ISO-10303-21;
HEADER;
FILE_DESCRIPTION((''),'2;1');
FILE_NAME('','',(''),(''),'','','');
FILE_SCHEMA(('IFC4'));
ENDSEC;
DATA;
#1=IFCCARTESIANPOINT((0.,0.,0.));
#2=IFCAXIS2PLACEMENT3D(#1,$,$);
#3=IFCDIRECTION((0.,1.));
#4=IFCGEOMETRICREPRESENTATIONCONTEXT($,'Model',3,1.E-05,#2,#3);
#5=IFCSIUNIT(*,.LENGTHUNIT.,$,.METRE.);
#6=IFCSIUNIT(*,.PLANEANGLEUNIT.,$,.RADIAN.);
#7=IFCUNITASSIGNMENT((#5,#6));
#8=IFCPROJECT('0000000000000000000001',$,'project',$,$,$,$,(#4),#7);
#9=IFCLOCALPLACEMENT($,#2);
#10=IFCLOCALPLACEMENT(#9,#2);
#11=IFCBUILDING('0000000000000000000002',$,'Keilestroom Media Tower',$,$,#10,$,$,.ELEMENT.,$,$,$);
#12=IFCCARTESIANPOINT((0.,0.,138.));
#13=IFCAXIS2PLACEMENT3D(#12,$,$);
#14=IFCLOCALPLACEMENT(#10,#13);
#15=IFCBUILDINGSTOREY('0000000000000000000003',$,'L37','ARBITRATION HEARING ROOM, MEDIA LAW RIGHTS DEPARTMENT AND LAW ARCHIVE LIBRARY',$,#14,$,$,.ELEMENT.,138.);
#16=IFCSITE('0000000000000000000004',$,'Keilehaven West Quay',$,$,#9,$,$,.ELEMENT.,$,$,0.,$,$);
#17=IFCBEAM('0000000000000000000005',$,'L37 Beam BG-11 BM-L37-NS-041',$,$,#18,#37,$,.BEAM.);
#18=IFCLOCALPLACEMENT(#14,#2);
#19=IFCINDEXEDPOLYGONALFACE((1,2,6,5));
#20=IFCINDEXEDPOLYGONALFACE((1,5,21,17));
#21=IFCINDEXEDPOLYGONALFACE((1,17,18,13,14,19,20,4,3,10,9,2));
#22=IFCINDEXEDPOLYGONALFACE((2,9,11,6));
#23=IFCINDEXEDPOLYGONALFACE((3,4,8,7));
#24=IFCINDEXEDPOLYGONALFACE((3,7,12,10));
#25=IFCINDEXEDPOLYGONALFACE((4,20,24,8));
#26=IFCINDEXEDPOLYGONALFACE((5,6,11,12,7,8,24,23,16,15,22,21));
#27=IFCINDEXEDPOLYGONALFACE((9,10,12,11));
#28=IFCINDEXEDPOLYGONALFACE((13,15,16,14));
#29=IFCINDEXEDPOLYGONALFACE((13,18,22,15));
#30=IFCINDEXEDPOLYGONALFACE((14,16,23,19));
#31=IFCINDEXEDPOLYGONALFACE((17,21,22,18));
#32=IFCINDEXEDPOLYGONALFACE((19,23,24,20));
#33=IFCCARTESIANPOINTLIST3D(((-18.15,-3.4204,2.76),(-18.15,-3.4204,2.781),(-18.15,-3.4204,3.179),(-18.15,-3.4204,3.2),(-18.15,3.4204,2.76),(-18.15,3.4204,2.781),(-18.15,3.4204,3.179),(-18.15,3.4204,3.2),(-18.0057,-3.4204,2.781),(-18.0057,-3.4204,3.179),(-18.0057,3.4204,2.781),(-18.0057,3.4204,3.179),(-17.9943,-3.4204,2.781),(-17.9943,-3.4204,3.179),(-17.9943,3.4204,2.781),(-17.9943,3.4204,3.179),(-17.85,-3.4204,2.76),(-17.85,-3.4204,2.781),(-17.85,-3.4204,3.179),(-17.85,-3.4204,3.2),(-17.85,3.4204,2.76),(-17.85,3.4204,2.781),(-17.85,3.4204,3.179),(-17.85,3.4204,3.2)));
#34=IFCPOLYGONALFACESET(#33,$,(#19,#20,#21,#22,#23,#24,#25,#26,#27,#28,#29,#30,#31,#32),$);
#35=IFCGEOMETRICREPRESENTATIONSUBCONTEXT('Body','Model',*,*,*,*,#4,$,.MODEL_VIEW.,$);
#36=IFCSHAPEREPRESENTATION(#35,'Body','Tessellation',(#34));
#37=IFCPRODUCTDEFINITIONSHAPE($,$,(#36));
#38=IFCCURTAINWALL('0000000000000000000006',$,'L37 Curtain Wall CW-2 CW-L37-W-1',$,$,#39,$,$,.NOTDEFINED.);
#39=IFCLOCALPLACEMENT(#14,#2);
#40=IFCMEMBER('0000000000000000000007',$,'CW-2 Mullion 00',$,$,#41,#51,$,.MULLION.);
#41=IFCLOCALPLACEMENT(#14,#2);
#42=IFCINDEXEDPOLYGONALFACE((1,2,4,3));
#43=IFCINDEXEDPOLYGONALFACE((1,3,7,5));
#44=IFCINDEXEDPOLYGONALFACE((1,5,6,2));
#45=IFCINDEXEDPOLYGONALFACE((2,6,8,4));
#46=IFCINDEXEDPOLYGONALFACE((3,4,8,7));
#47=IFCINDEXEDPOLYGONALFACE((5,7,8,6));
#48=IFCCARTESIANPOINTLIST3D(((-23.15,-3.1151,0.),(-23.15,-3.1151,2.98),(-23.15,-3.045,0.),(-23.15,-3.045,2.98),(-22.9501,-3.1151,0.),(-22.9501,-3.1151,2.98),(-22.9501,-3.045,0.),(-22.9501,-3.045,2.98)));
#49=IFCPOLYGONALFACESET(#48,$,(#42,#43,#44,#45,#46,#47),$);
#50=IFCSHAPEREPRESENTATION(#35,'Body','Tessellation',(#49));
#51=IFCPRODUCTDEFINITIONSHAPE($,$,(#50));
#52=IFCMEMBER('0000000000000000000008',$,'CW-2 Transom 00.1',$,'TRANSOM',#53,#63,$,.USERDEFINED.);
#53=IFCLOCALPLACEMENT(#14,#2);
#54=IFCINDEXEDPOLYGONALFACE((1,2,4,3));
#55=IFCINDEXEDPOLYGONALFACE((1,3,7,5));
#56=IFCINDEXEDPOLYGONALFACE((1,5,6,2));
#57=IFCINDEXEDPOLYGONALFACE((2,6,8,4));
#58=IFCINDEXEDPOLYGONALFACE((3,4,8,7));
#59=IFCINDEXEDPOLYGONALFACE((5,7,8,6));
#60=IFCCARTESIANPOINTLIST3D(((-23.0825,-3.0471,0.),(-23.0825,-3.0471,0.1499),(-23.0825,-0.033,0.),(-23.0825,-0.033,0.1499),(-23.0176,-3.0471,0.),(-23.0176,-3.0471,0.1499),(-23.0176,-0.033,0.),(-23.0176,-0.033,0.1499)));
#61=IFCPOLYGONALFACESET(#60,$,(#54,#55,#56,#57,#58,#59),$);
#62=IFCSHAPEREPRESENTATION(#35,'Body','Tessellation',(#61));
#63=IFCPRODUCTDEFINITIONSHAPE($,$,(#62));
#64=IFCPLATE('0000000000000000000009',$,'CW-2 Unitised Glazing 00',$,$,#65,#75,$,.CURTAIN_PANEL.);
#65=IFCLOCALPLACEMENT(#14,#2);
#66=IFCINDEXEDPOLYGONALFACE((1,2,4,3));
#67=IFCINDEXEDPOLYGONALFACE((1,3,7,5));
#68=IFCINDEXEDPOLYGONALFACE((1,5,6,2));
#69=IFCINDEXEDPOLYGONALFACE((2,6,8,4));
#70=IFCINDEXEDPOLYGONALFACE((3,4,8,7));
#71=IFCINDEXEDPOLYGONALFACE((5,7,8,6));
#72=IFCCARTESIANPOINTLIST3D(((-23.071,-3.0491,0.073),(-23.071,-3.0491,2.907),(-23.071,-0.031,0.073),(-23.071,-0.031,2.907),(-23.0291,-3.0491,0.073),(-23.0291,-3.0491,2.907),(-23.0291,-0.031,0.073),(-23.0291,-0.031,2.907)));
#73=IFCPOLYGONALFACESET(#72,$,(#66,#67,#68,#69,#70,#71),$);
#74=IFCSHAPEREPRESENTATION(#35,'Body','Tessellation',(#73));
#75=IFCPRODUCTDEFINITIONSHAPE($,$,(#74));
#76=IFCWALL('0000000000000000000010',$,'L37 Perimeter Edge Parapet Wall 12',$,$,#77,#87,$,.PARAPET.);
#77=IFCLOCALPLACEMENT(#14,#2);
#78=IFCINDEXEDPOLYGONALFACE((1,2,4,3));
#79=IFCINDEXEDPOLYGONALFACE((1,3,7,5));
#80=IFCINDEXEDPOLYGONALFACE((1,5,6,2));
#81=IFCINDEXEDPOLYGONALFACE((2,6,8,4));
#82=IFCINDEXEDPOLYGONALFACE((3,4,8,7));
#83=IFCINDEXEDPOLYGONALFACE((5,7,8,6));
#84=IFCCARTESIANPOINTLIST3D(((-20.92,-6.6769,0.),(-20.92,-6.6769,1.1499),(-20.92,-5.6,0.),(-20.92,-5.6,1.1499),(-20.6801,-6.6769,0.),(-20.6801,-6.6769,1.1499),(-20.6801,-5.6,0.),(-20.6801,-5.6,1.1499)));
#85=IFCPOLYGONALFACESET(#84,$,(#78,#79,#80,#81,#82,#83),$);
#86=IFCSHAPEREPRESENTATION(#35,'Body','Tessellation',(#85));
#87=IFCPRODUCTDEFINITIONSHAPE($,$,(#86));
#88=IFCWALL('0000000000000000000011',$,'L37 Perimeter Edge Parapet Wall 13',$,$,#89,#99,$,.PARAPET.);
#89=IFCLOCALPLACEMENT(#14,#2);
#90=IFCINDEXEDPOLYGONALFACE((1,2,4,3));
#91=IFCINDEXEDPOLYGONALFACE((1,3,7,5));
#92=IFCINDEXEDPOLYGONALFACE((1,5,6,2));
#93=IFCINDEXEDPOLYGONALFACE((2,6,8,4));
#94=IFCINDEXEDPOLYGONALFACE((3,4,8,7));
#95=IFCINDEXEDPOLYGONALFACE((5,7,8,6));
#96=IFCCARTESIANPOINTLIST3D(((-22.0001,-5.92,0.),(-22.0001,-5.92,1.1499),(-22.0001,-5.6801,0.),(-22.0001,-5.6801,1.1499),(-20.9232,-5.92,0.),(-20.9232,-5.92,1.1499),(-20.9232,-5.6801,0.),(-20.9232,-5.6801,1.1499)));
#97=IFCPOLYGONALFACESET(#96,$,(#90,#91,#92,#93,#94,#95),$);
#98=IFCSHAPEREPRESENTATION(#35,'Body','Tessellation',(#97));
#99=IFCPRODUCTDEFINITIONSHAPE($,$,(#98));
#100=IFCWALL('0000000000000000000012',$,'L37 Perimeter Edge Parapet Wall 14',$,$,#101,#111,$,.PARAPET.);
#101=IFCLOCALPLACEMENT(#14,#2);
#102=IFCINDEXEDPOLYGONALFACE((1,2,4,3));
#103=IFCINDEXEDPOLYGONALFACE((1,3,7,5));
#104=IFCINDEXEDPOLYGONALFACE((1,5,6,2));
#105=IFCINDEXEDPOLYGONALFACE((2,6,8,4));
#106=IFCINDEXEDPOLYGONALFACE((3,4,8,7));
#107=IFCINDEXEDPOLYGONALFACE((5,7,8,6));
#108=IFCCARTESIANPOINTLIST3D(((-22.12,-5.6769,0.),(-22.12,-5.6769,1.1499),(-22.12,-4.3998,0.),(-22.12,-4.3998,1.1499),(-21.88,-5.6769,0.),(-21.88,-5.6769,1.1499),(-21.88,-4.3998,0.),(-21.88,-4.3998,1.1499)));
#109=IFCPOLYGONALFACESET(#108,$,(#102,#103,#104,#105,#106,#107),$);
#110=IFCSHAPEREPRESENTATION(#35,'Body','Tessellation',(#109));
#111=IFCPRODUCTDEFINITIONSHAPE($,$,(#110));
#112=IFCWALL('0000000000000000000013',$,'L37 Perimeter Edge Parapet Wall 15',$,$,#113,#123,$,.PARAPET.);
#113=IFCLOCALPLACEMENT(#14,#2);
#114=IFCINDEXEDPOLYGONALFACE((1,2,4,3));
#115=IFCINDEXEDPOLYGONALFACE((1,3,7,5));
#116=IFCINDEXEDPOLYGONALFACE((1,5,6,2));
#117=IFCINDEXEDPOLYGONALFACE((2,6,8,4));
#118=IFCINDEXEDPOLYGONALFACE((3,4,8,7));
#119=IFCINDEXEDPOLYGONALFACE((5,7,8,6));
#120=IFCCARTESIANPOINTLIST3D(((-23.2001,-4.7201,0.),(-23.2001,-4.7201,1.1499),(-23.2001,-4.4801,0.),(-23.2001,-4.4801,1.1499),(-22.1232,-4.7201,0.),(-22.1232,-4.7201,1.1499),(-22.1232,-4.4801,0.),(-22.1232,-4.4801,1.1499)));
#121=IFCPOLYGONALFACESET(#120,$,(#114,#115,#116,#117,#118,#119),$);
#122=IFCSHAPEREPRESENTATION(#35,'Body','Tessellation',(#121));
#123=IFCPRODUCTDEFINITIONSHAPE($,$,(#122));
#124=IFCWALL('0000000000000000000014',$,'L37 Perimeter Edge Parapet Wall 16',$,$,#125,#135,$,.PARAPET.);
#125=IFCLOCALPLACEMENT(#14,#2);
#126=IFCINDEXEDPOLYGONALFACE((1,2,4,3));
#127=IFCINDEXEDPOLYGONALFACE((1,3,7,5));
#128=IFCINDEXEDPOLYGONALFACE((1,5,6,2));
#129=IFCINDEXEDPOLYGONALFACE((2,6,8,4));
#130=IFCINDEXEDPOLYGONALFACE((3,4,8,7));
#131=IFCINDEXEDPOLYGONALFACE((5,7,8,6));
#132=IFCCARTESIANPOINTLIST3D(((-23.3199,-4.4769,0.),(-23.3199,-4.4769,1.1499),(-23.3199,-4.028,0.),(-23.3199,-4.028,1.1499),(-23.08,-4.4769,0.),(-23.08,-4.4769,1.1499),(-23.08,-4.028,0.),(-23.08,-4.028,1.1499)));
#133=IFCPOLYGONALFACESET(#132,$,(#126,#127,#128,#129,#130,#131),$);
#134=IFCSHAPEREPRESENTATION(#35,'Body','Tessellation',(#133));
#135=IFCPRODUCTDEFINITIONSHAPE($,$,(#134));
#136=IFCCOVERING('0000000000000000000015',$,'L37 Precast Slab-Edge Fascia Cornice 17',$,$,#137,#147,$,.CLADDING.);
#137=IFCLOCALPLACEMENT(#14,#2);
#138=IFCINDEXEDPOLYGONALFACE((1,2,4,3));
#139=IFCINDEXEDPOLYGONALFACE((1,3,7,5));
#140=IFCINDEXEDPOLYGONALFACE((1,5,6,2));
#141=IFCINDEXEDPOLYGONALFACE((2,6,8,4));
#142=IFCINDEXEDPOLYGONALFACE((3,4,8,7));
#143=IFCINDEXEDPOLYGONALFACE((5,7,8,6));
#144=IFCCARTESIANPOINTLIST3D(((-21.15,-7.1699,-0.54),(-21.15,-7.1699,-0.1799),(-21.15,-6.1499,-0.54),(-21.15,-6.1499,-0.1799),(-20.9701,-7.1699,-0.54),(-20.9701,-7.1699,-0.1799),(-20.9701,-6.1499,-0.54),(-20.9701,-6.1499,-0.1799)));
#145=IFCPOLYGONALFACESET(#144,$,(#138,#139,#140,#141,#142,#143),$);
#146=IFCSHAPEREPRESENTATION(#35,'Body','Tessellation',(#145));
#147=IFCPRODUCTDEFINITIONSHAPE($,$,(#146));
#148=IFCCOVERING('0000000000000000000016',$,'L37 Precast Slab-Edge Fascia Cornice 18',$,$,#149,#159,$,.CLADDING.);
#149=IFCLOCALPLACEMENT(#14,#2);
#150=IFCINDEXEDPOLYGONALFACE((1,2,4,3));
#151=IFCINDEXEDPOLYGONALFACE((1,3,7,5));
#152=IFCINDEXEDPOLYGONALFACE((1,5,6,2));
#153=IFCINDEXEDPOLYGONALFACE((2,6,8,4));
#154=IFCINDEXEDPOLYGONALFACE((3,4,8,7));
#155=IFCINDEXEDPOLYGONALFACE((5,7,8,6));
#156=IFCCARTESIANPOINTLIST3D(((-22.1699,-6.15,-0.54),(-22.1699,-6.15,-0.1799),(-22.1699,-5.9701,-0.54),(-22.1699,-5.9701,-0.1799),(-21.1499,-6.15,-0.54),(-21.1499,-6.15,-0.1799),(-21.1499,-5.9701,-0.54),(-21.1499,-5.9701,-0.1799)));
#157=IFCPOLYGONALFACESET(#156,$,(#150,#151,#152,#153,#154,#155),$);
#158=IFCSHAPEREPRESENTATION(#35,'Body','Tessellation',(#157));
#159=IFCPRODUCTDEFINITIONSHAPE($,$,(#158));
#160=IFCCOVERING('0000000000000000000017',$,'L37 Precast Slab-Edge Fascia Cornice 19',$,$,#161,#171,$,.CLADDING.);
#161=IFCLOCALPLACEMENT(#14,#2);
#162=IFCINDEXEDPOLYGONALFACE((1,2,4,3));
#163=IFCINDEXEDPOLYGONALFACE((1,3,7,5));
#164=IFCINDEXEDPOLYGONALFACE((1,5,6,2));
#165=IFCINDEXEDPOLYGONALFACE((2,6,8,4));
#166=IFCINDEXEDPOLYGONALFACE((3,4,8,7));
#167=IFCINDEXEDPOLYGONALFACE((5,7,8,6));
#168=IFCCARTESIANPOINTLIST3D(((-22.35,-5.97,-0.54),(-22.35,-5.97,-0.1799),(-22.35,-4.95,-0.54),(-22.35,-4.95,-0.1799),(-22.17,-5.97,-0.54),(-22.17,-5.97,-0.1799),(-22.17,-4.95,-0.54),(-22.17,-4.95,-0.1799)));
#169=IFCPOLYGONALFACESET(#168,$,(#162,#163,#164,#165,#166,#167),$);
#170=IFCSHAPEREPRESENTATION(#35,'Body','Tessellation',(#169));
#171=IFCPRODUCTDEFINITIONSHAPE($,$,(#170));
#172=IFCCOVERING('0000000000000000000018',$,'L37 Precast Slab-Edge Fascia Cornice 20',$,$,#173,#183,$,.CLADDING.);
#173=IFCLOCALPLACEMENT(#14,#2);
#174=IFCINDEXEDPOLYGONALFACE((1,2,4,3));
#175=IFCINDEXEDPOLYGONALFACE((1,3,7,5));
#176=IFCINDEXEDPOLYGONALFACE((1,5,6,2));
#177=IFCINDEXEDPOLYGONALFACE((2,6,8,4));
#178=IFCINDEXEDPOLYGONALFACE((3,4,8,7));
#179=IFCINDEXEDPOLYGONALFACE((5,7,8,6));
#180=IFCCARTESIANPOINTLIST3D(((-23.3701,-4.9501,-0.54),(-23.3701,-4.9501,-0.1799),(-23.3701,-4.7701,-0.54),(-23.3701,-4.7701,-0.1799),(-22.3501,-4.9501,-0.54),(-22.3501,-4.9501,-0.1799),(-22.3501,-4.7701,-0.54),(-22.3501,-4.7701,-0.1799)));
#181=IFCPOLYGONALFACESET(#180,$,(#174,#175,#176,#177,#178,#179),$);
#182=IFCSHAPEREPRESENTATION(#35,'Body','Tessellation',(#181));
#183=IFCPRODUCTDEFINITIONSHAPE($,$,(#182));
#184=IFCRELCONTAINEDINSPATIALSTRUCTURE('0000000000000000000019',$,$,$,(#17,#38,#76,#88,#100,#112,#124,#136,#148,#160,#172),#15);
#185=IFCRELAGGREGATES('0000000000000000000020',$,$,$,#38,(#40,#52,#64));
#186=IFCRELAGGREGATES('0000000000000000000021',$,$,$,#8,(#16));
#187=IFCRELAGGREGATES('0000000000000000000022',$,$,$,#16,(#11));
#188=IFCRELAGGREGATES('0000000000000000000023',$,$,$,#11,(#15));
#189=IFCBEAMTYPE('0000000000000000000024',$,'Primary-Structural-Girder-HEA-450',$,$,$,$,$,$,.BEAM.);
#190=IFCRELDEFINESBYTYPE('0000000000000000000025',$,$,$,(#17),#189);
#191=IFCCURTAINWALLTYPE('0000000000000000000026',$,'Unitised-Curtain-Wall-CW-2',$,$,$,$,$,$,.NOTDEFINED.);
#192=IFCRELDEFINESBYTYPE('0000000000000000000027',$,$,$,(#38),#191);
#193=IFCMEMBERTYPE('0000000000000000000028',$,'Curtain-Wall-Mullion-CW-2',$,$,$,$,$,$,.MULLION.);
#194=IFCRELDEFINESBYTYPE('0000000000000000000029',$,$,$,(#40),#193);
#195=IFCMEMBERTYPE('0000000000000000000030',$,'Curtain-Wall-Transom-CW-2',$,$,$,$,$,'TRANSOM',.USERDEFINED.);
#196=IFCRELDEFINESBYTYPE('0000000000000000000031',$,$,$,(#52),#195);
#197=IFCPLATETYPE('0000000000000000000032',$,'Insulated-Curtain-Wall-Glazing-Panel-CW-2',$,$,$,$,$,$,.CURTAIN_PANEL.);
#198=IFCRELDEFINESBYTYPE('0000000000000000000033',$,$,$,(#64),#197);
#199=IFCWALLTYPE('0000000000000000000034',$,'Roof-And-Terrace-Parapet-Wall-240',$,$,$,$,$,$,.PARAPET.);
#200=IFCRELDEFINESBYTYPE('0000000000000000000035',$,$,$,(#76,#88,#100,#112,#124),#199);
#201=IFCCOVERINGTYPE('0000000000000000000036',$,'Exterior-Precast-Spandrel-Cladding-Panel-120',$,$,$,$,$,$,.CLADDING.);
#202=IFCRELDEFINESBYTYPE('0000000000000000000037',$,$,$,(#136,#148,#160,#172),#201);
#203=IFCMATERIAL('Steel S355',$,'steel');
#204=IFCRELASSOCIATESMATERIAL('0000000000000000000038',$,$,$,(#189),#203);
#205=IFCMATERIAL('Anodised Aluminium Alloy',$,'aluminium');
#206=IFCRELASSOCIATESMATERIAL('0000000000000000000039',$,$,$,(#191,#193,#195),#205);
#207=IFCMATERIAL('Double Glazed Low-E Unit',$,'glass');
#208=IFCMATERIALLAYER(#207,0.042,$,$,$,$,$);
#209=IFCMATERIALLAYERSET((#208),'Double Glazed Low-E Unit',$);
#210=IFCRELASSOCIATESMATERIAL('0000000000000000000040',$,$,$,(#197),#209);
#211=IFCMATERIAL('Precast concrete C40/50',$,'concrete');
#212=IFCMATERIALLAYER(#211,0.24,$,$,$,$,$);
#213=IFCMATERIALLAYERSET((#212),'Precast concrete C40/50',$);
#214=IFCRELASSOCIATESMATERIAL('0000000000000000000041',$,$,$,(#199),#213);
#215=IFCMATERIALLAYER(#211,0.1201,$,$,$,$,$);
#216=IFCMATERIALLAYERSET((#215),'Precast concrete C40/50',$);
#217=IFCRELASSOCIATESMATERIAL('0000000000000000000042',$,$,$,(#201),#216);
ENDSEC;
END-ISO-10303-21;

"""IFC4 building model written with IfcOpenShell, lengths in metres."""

from ifc_helpers import new_model, si_unit, direction, frame, frame_2d, origin, origin_2d, place, context, subcontext, project, spatial, rectangle, i_section, extrude, source, transform, mapped, material, layer, layer_set, material_profile, profile_set, type_object, element, aggregate, save


model = new_model("IFC4")

# Units and contexts
model_context = context("Model", 3, precision=1e-05, world=origin(), true_north=direction((0.0, 1.0)))
body_context = subcontext(model_context, "Body", "Model", "MODEL_VIEW")
ifc_project = project(units=[si_unit("LENGTHUNIT", "METRE"), si_unit("PLANEANGLEUNIT", "RADIAN")], contexts=[model_context])

# Site, building, storey
site_placement = place(None, origin())
site = spatial("IfcSite", under=ifc_project, at=site_placement, Name="Keilehaven West Quay", CompositionType="ELEMENT", RefElevation=0.0)
building_placement = place(site_placement, origin())
building = spatial("IfcBuilding", under=site, at=building_placement, Name="Keilestroom Media Tower", CompositionType="ELEMENT")
storey_placement = place(building_placement, frame((0.0, 0.0, 138.0)))
storey = spatial("IfcBuildingStorey", under=building, at=storey_placement, Name="L37", Description="ARBITRATION HEARING ROOM, MEDIA LAW RIGHTS DEPARTMENT AND LAW ARCHIVE LIBRARY", CompositionType="ELEMENT", Elevation=138.0)

# Shared definitions
ifc_material_1 = material(Name="Precast concrete C40/50", Category="concrete")
ifc_material_2 = material(Name="Steel S355", Category="steel")

# Beam
ifc_material_profile_1 = material_profile(ifc_material_2, i_section(OverallWidth=0.3, OverallDepth=0.4399, WebThickness=0.0115, FlangeThickness=0.021, at=origin_2d()), Name="HEA 450")
ifc_profile_set_1 = profile_set([ifc_material_profile_1], Name="Steel S355")
beam_type_1 = type_object("IfcBeamType", Name="Primary-Structural-Girder-HEA-450", PredefinedType="BEAM", material=ifc_profile_set_1)
shared_shape_1 = source(origin(), body_context, "Body", "SweptSolid", [
    extrude(i_section(OverallWidth=0.3, OverallDepth=0.4399, WebThickness=0.0115, FlangeThickness=0.021, at=origin_2d()), origin(), (0.0, 0.0, 1.0), 6.8408),
])
beam_1_placement = place(storey_placement, frame((-18.0, -3.4204, 2.98), z_axis=(0.0, 1.0, 0.0), x_axis=(-1.0, 0.0, 0.0)))
element("IfcBeam", 1, at=beam_1_placement, inside=storey, type_object=beam_type_1, Name="L37 Beam BG-11 BM-L37-NS-041", PredefinedType="BEAM", context=body_context, shape_type="MappedRepresentation", body=[
    mapped(shared_shape_1, transform((0.0, 0.0, 0.0), x_axis=(1.0, 0.0, 0.0), y_axis=(0.0, 1.0, 0.0), z_axis=(0.0, 0.0, 1.0), scale=1.0)),
])

# Curtain wall, members, plate
ifc_material_3 = material(Name="Anodised Aluminium Alloy", Category="aluminium")
curtain_wall_type = type_object("IfcCurtainWallType", Name="Unitised-Curtain-Wall-CW-2", PredefinedType="NOTDEFINED", material=ifc_material_3)
curtain_wall_placement = place(storey_placement, origin())
curtain_wall = element("IfcCurtainWall", 2, at=curtain_wall_placement, inside=storey, type_object=curtain_wall_type, Name="L37 Curtain Wall CW-2 CW-L37-W-1", PredefinedType="NOTDEFINED")
ifc_material_profile_2 = material_profile(ifc_material_3, rectangle(XDim=0.0701, YDim=0.2, at=origin_2d()), Name="ALU MULLION 70x200")
ifc_profile_set_2 = profile_set([ifc_material_profile_2], Name="Anodised Aluminium Alloy")
member_type_1 = type_object("IfcMemberType", Name="Curtain-Wall-Mullion-CW-2", PredefinedType="MULLION", material=ifc_profile_set_2)
shared_shape_2 = source(origin(), body_context, "Body", "SweptSolid", [
    extrude(rectangle(XDim=0.0701, YDim=0.2, at=origin_2d()), origin(), (0.0, 0.0, 1.0), 2.98),
])
member_1_placement = place(storey_placement, frame((-23.05, -3.0801, 0.0), z_axis=(0.0, 0.0, 1.0), x_axis=(0.0, 1.0, 0.0)))
member_1 = element("IfcMember", 3, at=member_1_placement, type_object=member_type_1, Name="CW-2 Mullion 00", PredefinedType="MULLION", context=body_context, shape_type="MappedRepresentation", body=[
    mapped(shared_shape_2, transform((0.0, 0.0, 0.0), x_axis=(1.0, 0.0, 0.0), y_axis=(0.0, 1.0, 0.0), z_axis=(0.0, 0.0, 1.0), scale=1.0)),
])
ifc_material_profile_3 = material_profile(ifc_material_3, rectangle(XDim=0.0649, YDim=0.1499, at=origin_2d()), Name="ALU TRANSOM 65x150")
ifc_profile_set_3 = profile_set([ifc_material_profile_3], Name="Anodised Aluminium Alloy")
member_type_2 = type_object("IfcMemberType", Name="Curtain-Wall-Transom-CW-2", ElementType="TRANSOM", PredefinedType="USERDEFINED", material=ifc_profile_set_3)
shared_shape_3 = source(origin(), body_context, "Body", "SweptSolid", [
    extrude(rectangle(XDim=0.0649, YDim=0.1499, at=origin_2d()), origin(), (0.0, 0.0, 1.0), 3.0142),
])
member_2_placement = place(storey_placement, frame((-23.05, -3.0471, 0.075), z_axis=(0.0, 1.0, 0.0), x_axis=(-1.0, 0.0, 0.0)))
member_2 = element("IfcMember", 4, at=member_2_placement, type_object=member_type_2, Name="CW-2 Transom 00.1", ObjectType="TRANSOM", PredefinedType="USERDEFINED", context=body_context, shape_type="MappedRepresentation", body=[
    mapped(shared_shape_3, transform((0.0, 0.0, 0.0), x_axis=(1.0, 0.0, 0.0), y_axis=(0.0, 1.0, 0.0), z_axis=(0.0, 0.0, 1.0), scale=1.0)),
])
ifc_material_4 = material(Name="Double Glazed Low-E Unit", Category="glass")
ifc_layer_1 = layer(ifc_material_4, 0.042)
ifc_layer_set_1 = layer_set([ifc_layer_1], Name="Double Glazed Low-E Unit")
plate_type = type_object("IfcPlateType", Name="Insulated-Curtain-Wall-Glazing-Panel-CW-2", PredefinedType="CURTAIN_PANEL", material=ifc_layer_set_1)
shared_shape_4 = source(origin(), body_context, "Body", "SweptSolid", [
    extrude(rectangle(XDim=3.0181, YDim=0.042, at=origin_2d()), origin(), (0.0, 0.0, 1.0), 2.834),
])
plate_placement = place(storey_placement, frame((-23.05, -1.54, 0.073), z_axis=(0.0, 0.0, 1.0), x_axis=(0.0, 1.0, 0.0)))
plate = element("IfcPlate", 5, at=plate_placement, type_object=plate_type, Name="CW-2 Unitised Glazing 00", PredefinedType="CURTAIN_PANEL", context=body_context, shape_type="MappedRepresentation", body=[
    mapped(shared_shape_4, transform((0.0, 0.0, 0.0), x_axis=(1.0, 0.0, 0.0), y_axis=(0.0, 1.0, 0.0), z_axis=(0.0, 0.0, 1.0), scale=1.0)),
])
aggregate(curtain_wall, [member_1, member_2, plate])

# Walls
ifc_layer_2 = layer(ifc_material_1, 0.24)
ifc_layer_set_2 = layer_set([ifc_layer_2], Name="Precast concrete C40/50")
wall_type = type_object("IfcWallType", Name="Roof-And-Terrace-Parapet-Wall-240", PredefinedType="PARAPET", material=ifc_layer_set_2)
for number, where, z_axis, x_axis, name in (
    (6, (-20.8, -6.677, 0.0), (0.0, 0.0, 1.0), (0.0, 1.0, 0.0), "L37 Perimeter Edge Parapet Wall 12"),
    (7, (-20.9231, -5.8, 0.0), (0.0, 0.0, 1.0), (-1.0, 0.0, 0.0), "L37 Perimeter Edge Parapet Wall 13"),
):
    element("IfcWall", number, at=place(storey_placement, frame(where, z_axis=z_axis, x_axis=x_axis)), inside=storey, type_object=wall_type, Name=name, PredefinedType="PARAPET", context=body_context, shape_type="SweptSolid", body=[
        extrude(rectangle(XDim=1.0769, YDim=0.24, at=frame_2d((0.5386, 0.0))), origin(), (0.0, 0.0, 1.0), 1.1499),
    ])
wall_1_placement = place(storey_placement, frame((-22.0, -5.677, 0.0), z_axis=(0.0, 0.0, 1.0), x_axis=(0.0, 1.0, 0.0)))
element("IfcWall", 8, at=wall_1_placement, inside=storey, type_object=wall_type, Name="L37 Perimeter Edge Parapet Wall 14", PredefinedType="PARAPET", context=body_context, shape_type="SweptSolid", body=[
    extrude(rectangle(XDim=1.2771, YDim=0.24, at=frame_2d((0.6387, 0.0))), origin(), (0.0, 0.0, 1.0), 1.1499),
])
wall_2_placement = place(storey_placement, frame((-22.123, -4.6001, 0.0), z_axis=(0.0, 0.0, 1.0), x_axis=(-1.0, 0.0, 0.0)))
element("IfcWall", 9, at=wall_2_placement, inside=storey, type_object=wall_type, Name="L37 Perimeter Edge Parapet Wall 15", PredefinedType="PARAPET", context=body_context, shape_type="SweptSolid", body=[
    extrude(rectangle(XDim=1.0769, YDim=0.24, at=frame_2d((0.5386, 0.0))), origin(), (0.0, 0.0, 1.0), 1.1499),
])
wall_3_placement = place(storey_placement, frame((-23.2, -4.4771, 0.0), z_axis=(0.0, 0.0, 1.0), x_axis=(0.0, 1.0, 0.0)))
element("IfcWall", 10, at=wall_3_placement, inside=storey, type_object=wall_type, Name="L37 Perimeter Edge Parapet Wall 16", PredefinedType="PARAPET", context=body_context, shape_type="SweptSolid", body=[
    extrude(rectangle(XDim=0.449, YDim=0.24, at=frame_2d((0.2246, 0.0))), origin(), (0.0, 0.0, 1.0), 1.1499),
])

# Coverings
ifc_layer_3 = layer(ifc_material_1, 0.1201)
ifc_layer_set_3 = layer_set([ifc_layer_3], Name="Precast concrete C40/50")
covering_type = type_object("IfcCoveringType", Name="Exterior-Precast-Spandrel-Cladding-Panel-120", PredefinedType="CLADDING", material=ifc_layer_set_3)
shared_shape_5 = source(origin(), body_context, "Body", "SweptSolid", [
    extrude(rectangle(XDim=1.02, YDim=0.1799, at=origin_2d()), origin(), (0.0, 0.0, 1.0), 0.3601),
])
for number, where, z_axis, x_axis, name in (
    (11, (-21.0601, -6.6599, -0.54), (0.0, 0.0, 1.0), (0.0, 1.0, 0.0), "L37 Precast Slab-Edge Fascia Cornice 17"),
    (12, (-21.6599, -6.0601, -0.54), (0.0, 0.0, 1.0), (-1.0, 0.0, 0.0), "L37 Precast Slab-Edge Fascia Cornice 18"),
    (13, (-22.26, -5.46, -0.54), (0.0, 0.0, 1.0), (0.0, 1.0, 0.0), "L37 Precast Slab-Edge Fascia Cornice 19"),
    (14, (-22.8601, -4.8601, -0.54), (0.0, 0.0, 1.0), (-1.0, 0.0, 0.0), "L37 Precast Slab-Edge Fascia Cornice 20"),
):
    element("IfcCovering", number, at=place(storey_placement, frame(where, z_axis=z_axis, x_axis=x_axis)), inside=storey, type_object=covering_type, Name=name, PredefinedType="CLADDING", context=body_context, shape_type="MappedRepresentation", body=[
        mapped(shared_shape_5, transform((0.0, 0.0, 0.0), x_axis=(1.0, 0.0, 0.0), y_axis=(0.0, 1.0, 0.0), z_axis=(0.0, 0.0, 1.0), scale=1.0)),
    ])

save(model, "model.ifc")
